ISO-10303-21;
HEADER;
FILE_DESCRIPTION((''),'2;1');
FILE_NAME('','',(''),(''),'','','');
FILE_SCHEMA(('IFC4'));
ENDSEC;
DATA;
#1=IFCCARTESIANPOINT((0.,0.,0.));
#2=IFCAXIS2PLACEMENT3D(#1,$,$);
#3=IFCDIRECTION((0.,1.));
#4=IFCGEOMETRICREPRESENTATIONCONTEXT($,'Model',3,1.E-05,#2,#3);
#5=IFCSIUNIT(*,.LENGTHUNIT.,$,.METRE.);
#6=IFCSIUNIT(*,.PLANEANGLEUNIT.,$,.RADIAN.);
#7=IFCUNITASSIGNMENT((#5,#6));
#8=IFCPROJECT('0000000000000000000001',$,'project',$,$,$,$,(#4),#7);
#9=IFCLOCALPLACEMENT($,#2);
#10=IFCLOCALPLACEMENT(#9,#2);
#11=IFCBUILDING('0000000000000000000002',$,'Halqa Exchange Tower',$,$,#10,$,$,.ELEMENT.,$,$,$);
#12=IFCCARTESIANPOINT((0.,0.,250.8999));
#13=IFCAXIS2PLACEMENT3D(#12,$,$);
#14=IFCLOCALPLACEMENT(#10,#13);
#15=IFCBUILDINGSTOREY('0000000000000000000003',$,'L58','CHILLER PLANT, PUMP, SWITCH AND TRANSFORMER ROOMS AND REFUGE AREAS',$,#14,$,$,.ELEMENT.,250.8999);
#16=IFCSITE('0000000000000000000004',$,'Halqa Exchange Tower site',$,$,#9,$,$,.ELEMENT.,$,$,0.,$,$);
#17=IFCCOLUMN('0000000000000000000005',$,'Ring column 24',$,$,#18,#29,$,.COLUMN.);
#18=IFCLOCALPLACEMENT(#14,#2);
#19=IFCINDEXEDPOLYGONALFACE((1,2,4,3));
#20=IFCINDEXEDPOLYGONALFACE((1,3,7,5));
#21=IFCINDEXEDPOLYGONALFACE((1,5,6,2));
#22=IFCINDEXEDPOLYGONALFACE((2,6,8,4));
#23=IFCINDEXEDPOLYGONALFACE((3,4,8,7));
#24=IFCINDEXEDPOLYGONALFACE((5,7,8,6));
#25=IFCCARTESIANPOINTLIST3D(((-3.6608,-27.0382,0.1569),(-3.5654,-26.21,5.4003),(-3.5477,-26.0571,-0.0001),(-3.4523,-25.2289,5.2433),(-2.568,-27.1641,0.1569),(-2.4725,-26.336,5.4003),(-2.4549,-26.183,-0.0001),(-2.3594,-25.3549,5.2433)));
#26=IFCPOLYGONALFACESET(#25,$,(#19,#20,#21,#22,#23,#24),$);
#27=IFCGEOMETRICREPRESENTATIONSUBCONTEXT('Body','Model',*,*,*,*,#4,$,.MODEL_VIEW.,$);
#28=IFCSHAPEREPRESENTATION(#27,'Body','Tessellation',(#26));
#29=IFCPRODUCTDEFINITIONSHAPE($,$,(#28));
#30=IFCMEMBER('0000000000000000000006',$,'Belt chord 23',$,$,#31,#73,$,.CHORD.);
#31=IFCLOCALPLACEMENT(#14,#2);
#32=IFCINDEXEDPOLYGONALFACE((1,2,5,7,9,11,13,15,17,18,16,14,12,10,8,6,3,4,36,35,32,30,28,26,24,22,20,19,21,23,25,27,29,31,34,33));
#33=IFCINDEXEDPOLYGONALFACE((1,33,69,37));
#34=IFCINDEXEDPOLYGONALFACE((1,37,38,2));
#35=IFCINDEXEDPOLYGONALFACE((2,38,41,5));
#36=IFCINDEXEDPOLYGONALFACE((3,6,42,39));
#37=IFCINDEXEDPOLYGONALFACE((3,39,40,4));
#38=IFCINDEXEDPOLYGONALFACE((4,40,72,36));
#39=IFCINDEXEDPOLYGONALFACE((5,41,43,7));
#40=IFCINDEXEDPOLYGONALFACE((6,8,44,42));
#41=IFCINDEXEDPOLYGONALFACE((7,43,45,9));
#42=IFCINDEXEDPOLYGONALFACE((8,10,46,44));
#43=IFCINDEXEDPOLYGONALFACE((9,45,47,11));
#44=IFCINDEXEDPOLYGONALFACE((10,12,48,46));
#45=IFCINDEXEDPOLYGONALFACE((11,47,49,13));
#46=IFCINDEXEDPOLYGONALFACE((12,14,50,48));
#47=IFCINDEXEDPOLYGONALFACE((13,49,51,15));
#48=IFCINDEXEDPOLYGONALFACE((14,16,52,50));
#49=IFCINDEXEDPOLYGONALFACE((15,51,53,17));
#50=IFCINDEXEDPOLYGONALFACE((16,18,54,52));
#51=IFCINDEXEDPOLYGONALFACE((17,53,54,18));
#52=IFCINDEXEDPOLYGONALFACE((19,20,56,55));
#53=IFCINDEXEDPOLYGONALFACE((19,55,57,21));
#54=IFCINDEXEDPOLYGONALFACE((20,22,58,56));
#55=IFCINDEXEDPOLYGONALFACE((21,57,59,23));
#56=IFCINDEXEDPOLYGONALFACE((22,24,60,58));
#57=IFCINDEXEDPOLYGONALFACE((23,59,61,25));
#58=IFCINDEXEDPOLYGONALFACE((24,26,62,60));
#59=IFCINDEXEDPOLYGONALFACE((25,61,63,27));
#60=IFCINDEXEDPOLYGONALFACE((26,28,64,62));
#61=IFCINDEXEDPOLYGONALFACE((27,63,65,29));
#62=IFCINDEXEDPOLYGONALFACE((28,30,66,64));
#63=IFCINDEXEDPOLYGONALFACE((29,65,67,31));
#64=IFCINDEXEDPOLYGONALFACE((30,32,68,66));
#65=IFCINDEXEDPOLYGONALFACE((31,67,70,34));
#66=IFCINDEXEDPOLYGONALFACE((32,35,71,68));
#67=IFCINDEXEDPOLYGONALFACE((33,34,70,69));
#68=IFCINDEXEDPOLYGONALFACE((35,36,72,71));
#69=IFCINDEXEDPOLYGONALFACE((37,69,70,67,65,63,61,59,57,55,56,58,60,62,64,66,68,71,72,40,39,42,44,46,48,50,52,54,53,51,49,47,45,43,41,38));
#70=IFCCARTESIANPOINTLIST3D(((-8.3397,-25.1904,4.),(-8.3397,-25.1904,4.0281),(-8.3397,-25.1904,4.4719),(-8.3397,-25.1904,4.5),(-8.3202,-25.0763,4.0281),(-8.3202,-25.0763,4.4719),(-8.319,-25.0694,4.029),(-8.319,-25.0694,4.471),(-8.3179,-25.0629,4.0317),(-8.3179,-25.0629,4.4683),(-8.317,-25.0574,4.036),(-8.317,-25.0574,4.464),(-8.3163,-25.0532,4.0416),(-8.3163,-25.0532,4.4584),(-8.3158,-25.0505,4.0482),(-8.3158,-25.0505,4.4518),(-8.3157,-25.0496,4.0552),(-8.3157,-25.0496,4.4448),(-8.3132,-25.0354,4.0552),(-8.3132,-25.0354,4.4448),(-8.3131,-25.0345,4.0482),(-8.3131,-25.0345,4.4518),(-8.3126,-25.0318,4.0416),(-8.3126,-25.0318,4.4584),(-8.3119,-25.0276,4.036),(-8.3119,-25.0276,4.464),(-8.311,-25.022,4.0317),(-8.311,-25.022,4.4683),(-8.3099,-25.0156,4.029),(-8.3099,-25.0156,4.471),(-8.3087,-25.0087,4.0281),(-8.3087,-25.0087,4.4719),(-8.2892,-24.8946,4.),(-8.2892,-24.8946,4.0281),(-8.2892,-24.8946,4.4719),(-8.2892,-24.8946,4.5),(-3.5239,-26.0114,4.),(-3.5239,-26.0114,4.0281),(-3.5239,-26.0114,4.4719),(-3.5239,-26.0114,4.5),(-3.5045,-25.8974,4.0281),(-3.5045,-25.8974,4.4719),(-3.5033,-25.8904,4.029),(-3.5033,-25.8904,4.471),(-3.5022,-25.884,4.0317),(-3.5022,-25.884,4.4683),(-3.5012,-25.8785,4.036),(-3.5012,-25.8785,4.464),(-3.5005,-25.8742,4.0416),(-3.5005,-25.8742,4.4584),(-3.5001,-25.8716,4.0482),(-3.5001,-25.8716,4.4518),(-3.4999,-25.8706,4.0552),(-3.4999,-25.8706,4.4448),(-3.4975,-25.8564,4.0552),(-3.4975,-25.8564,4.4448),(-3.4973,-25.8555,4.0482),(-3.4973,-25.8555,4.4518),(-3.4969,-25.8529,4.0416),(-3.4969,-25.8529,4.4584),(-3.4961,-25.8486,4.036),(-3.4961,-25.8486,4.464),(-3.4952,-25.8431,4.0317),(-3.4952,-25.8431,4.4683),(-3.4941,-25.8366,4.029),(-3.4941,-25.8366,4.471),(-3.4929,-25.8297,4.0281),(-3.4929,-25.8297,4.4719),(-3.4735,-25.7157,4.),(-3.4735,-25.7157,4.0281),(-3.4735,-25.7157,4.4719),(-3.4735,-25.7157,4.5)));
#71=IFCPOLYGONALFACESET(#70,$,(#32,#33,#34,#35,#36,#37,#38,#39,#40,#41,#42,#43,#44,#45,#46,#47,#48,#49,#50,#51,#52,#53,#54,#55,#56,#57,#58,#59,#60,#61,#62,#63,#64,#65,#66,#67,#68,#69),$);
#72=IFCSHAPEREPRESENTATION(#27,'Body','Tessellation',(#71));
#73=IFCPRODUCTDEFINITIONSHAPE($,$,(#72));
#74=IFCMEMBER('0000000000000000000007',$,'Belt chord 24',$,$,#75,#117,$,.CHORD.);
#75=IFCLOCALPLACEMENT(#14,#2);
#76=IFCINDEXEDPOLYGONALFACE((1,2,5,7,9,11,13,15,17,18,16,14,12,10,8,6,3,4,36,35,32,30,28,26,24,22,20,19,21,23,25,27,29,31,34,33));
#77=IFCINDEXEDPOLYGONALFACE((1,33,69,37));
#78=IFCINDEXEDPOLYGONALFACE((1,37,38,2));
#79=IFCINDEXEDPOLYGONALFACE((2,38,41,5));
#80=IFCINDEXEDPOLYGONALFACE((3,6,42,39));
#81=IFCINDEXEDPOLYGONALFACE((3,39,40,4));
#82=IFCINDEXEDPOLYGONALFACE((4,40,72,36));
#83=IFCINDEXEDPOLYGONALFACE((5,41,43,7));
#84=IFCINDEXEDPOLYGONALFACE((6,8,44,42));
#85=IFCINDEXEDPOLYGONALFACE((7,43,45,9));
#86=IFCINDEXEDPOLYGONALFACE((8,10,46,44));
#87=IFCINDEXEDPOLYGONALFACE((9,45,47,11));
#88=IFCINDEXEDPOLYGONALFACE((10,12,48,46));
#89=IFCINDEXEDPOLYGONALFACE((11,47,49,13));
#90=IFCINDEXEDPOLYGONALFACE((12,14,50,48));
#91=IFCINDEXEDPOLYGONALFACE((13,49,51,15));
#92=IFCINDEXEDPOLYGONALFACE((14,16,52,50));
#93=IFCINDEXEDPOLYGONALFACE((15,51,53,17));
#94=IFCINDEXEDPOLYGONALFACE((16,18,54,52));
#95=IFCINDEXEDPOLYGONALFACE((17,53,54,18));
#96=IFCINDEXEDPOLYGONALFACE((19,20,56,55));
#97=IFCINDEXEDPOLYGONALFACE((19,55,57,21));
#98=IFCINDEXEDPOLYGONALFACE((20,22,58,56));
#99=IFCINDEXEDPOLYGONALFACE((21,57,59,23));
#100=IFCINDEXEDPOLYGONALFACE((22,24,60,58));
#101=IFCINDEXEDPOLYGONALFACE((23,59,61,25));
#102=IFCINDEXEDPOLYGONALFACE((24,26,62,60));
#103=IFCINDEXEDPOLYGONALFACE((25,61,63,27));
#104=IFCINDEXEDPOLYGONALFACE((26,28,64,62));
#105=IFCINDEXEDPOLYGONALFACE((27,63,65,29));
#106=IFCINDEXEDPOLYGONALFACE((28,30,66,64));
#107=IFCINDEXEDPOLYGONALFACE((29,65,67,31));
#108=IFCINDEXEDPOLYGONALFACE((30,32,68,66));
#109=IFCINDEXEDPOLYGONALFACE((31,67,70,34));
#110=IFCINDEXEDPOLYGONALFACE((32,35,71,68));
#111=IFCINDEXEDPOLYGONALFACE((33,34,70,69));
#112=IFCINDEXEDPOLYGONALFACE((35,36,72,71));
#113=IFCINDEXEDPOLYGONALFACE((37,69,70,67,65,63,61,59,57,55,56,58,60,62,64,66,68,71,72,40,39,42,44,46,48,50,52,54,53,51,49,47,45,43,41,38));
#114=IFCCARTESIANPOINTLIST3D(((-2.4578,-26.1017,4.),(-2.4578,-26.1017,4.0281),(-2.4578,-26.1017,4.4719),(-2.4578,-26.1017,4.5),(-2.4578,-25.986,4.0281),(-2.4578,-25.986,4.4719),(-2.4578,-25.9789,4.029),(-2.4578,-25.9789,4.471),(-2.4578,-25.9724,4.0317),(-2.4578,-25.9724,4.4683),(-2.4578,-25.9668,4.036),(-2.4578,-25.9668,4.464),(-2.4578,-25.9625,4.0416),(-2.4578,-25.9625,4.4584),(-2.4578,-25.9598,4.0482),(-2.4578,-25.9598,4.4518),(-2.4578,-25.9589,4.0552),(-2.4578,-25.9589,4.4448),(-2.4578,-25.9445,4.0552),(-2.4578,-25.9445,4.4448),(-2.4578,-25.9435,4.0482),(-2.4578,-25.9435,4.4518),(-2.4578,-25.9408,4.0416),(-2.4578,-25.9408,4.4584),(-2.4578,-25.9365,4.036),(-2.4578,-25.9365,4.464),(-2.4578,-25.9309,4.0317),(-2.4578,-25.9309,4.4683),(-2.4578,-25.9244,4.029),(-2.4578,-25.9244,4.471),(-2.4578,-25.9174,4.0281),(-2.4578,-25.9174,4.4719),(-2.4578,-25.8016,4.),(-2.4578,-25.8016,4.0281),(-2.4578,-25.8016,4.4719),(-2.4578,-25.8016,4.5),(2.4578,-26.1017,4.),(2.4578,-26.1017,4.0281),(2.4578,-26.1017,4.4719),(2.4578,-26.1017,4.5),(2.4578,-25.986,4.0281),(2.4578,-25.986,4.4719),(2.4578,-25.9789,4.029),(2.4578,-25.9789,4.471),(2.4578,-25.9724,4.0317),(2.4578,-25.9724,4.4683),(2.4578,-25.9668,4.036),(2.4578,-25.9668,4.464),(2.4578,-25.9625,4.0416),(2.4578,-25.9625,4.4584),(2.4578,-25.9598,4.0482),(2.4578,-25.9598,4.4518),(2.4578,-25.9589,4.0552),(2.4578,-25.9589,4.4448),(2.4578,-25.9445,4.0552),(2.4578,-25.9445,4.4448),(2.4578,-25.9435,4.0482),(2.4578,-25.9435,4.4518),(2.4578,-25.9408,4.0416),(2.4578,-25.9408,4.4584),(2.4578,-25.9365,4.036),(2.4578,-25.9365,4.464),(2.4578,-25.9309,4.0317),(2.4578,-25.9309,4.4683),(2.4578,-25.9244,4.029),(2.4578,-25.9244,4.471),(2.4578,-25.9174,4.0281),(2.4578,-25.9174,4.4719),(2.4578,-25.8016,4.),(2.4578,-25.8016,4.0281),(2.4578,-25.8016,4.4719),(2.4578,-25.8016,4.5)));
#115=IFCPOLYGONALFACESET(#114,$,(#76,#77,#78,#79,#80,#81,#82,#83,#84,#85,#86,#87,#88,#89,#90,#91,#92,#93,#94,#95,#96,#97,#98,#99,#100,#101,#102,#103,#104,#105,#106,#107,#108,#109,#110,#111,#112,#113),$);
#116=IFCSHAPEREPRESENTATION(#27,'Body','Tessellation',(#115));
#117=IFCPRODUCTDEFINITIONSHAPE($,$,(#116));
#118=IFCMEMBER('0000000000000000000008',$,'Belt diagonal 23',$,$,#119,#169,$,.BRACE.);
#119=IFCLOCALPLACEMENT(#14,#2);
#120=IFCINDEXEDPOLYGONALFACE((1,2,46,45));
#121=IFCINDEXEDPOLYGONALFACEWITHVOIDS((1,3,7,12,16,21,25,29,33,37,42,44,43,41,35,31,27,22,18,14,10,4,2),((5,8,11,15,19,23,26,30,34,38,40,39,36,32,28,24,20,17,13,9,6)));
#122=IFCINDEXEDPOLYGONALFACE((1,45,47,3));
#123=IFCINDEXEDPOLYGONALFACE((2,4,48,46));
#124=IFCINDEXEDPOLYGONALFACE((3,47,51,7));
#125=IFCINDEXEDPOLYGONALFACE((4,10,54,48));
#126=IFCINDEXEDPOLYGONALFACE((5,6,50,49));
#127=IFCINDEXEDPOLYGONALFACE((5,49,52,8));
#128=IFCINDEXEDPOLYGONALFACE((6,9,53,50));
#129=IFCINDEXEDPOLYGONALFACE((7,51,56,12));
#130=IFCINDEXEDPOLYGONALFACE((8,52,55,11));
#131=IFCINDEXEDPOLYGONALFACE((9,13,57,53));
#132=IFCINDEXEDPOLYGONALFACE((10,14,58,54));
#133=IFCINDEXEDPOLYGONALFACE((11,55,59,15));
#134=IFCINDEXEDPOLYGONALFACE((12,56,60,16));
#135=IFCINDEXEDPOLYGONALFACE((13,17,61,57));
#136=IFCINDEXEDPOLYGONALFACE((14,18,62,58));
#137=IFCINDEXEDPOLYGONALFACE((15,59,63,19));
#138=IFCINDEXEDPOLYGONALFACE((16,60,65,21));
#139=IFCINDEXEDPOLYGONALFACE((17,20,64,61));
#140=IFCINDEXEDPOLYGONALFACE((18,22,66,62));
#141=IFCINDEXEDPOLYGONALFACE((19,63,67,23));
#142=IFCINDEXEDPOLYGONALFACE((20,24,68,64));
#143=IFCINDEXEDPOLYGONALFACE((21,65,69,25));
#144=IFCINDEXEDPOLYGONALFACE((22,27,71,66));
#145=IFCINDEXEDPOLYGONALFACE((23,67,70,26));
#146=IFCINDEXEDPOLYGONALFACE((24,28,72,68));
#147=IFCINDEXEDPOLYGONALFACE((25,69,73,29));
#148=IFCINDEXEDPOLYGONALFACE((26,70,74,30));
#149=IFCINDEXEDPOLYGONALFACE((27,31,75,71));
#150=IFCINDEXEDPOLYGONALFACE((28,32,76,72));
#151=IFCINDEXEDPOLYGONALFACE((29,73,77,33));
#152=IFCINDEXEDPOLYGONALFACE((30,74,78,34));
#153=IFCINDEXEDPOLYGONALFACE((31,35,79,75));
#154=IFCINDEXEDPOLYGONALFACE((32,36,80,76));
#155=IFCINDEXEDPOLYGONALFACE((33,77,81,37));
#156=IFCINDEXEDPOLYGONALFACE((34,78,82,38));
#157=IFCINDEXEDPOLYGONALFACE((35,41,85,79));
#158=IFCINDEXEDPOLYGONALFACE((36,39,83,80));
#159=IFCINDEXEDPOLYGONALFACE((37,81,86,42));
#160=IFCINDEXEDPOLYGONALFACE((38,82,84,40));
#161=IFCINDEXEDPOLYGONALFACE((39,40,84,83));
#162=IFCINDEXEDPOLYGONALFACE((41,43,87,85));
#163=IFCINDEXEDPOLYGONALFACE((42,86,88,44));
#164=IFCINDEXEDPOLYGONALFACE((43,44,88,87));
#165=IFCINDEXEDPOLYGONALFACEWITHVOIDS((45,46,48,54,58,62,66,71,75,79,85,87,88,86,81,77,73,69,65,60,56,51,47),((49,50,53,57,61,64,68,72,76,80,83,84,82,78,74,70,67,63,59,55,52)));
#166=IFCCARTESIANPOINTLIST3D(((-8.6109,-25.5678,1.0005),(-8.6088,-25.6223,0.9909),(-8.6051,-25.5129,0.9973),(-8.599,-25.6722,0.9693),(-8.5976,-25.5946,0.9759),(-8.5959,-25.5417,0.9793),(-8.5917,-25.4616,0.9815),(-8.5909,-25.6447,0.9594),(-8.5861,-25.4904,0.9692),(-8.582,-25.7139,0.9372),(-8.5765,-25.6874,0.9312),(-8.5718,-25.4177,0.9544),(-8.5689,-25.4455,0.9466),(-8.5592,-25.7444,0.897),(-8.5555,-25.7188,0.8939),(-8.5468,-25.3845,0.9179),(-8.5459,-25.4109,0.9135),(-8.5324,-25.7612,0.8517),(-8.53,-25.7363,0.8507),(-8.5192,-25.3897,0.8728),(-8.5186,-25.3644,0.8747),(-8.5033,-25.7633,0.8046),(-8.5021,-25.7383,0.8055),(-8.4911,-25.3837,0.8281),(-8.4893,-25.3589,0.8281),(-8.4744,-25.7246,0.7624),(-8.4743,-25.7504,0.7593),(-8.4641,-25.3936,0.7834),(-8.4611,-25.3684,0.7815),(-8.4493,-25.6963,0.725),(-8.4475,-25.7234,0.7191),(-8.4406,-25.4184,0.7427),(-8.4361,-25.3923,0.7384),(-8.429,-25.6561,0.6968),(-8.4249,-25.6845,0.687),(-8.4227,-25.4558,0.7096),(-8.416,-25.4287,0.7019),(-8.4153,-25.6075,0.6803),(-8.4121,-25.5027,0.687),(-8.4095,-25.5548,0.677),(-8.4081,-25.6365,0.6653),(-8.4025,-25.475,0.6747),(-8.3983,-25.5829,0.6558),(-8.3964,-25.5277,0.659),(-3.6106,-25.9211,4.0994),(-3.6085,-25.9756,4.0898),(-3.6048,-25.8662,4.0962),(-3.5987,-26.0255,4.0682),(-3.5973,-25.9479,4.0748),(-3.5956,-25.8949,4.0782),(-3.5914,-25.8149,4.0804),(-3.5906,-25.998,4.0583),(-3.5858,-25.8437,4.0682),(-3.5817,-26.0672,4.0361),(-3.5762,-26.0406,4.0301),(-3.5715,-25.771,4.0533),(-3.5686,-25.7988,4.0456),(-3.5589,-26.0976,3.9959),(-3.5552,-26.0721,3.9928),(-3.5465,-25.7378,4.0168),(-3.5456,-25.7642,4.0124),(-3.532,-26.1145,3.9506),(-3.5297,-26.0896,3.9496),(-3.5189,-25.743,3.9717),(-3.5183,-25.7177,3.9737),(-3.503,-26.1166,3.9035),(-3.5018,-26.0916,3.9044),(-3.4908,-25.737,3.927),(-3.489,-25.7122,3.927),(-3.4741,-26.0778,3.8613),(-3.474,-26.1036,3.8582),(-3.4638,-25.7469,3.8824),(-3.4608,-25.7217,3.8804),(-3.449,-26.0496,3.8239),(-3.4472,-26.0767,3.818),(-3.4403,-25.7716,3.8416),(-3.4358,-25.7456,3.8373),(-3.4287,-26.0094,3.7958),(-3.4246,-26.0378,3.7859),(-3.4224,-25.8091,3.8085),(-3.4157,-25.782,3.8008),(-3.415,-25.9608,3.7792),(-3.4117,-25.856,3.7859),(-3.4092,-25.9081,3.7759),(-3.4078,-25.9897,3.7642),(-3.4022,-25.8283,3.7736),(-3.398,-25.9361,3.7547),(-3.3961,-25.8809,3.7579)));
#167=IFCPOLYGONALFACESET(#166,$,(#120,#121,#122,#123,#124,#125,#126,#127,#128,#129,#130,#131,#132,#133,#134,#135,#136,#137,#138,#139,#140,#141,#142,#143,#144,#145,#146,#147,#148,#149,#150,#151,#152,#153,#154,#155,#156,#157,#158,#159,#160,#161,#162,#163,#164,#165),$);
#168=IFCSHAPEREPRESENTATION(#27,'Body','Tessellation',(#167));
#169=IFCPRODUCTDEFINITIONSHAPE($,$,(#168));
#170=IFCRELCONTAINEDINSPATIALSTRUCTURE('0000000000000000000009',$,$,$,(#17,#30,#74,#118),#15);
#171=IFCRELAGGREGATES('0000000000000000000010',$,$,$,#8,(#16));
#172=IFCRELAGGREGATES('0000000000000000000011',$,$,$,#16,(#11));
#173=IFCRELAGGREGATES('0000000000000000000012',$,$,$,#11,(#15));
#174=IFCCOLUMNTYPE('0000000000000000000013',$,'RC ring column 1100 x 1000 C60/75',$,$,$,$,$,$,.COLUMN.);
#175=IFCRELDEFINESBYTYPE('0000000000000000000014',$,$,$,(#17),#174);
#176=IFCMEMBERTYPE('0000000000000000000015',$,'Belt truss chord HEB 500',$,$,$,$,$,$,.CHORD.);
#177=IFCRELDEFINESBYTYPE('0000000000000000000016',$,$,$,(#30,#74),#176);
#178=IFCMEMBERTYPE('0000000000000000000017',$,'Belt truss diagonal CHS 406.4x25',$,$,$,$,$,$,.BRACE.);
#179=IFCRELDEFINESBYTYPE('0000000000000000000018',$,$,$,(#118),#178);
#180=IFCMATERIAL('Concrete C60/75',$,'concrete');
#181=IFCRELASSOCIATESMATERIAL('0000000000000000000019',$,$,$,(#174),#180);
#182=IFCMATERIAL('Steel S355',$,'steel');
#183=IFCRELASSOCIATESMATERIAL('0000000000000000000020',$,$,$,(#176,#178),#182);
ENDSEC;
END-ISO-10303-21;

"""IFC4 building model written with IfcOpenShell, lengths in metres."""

from ifc_helpers import new_model, si_unit, direction, frame, origin, origin_2d, place, context, subcontext, project, spatial, rectangle, hollow_circle, i_section, extrude, material, material_profile, profile_set, type_object, element, save


model = new_model("IFC4")

# Units and contexts
model_context = context("Model", 3, precision=1e-05, world=origin(), true_north=direction((0.0, 1.0)))
body_context = subcontext(model_context, "Body", "Model", "MODEL_VIEW")
ifc_project = project(units=[si_unit("LENGTHUNIT", "METRE"), si_unit("PLANEANGLEUNIT", "RADIAN")], contexts=[model_context])

# Site, building, storey
site_placement = place(None, origin())
site = spatial("IfcSite", under=ifc_project, at=site_placement, Name="Halqa Exchange Tower site", CompositionType="ELEMENT", RefElevation=0.0)
building_placement = place(site_placement, origin())
building = spatial("IfcBuilding", under=site, at=building_placement, Name="Halqa Exchange Tower", CompositionType="ELEMENT")
storey_placement = place(building_placement, frame((0.0, 0.0, 250.8999)))
storey = spatial("IfcBuildingStorey", under=building, at=storey_placement, Name="L58", Description="CHILLER PLANT, PUMP, SWITCH AND TRANSFORMER ROOMS AND REFUGE AREAS", CompositionType="ELEMENT", Elevation=250.8999)

# Column
ifc_material_1 = material(Name="Concrete C60/75", Category="concrete")
ifc_material_profile_1 = material_profile(ifc_material_1, rectangle(XDim=1.1001, YDim=1.0, at=origin_2d()), Name="1100 x 1000")
ifc_profile_set_1 = profile_set([ifc_material_profile_1], Name="Concrete C60/75")
column_type = type_object("IfcColumnType", Name="RC ring column 1100 x 1000 C60/75", PredefinedType="COLUMN", material=ifc_profile_set_1)
column_placement = place(storey_placement, frame((-3.0579, -26.6106, 0.0784), z_axis=(0.01798, 0.155978, 0.987597), x_axis=(-0.993422, 0.114513, 0.0)))
element("IfcColumn", 1, at=column_placement, inside=storey, type_object=column_type, Name="Ring column 24", PredefinedType="COLUMN", context=body_context, shape_type="SweptSolid", body=[
    extrude(rectangle(XDim=1.1001, YDim=1.0, at=origin_2d()), origin(), (0.0, 0.0, 1.0), 5.3093),
])

# Members
ifc_material_2 = material(Name="Steel S355", Category="steel")
ifc_material_profile_2 = material_profile(ifc_material_2, i_section(OverallWidth=0.3, OverallDepth=0.5, WebThickness=0.0144, FlangeThickness=0.0281, FilletRadius=0.0271, at=origin_2d()), Name="HEB 500")
ifc_profile_set_2 = profile_set([ifc_material_profile_2], Name="Steel S355")
member_type_1 = type_object("IfcMemberType", Name="Belt truss chord HEB 500", PredefinedType="CHORD", material=ifc_profile_set_2)
member_1_placement = place(storey_placement, frame((-8.3145, -25.0425, 4.25), z_axis=(0.985775, -0.168069, 0.0), x_axis=(0.168069, 0.985775, 0.0)))
element("IfcMember", 2, at=member_1_placement, inside=storey, type_object=member_type_1, Name="Belt chord 23", PredefinedType="CHORD", context=body_context, shape_type="SweptSolid", body=[
    extrude(i_section(OverallWidth=0.3, OverallDepth=0.5, WebThickness=0.0144, FlangeThickness=0.0281, FilletRadius=0.0271, at=origin_2d()), origin(), (0.0, 0.0, 1.0), 4.8853),
])
member_2_placement = place(storey_placement, frame((-2.4578, -25.9517, 4.25), z_axis=(1.0, 0.0, 0.0), x_axis=(0.0, 1.0, 0.0)))
element("IfcMember", 3, at=member_2_placement, inside=storey, type_object=member_type_1, Name="Belt chord 24", PredefinedType="CHORD", context=body_context, shape_type="SweptSolid", body=[
    extrude(i_section(OverallWidth=0.3, OverallDepth=0.5, WebThickness=0.0144, FlangeThickness=0.0281, FilletRadius=0.0271, at=origin_2d()), origin(), (0.0, 0.0, 1.0), 4.9155),
])
ifc_material_profile_3 = material_profile(ifc_material_2, hollow_circle(Radius=0.2031, WallThickness=0.0249, at=origin_2d()), Name="CHS 406.4x25")
ifc_profile_set_3 = profile_set([ifc_material_profile_3], Name="Steel S355")
member_type_2 = type_object("IfcMemberType", Name="Belt truss diagonal CHS 406.4x25", PredefinedType="BRACE", material=ifc_profile_set_3)
member_3_placement = place(storey_placement, frame((-8.5037, -25.5615, 0.8281), z_axis=(0.848471, -0.059945, 0.525836), x_axis=(0.070475, 0.997514, 0.0)))
element("IfcMember", 4, at=member_3_placement, inside=storey, type_object=member_type_2, Name="Belt diagonal 23", PredefinedType="BRACE", context=body_context, shape_type="SweptSolid", body=[
    extrude(hollow_circle(Radius=0.2031, WallThickness=0.0249, at=origin_2d()), origin(), (0.0, 0.0, 1.0), 5.8933),
])

save(model, "model.ifc")
